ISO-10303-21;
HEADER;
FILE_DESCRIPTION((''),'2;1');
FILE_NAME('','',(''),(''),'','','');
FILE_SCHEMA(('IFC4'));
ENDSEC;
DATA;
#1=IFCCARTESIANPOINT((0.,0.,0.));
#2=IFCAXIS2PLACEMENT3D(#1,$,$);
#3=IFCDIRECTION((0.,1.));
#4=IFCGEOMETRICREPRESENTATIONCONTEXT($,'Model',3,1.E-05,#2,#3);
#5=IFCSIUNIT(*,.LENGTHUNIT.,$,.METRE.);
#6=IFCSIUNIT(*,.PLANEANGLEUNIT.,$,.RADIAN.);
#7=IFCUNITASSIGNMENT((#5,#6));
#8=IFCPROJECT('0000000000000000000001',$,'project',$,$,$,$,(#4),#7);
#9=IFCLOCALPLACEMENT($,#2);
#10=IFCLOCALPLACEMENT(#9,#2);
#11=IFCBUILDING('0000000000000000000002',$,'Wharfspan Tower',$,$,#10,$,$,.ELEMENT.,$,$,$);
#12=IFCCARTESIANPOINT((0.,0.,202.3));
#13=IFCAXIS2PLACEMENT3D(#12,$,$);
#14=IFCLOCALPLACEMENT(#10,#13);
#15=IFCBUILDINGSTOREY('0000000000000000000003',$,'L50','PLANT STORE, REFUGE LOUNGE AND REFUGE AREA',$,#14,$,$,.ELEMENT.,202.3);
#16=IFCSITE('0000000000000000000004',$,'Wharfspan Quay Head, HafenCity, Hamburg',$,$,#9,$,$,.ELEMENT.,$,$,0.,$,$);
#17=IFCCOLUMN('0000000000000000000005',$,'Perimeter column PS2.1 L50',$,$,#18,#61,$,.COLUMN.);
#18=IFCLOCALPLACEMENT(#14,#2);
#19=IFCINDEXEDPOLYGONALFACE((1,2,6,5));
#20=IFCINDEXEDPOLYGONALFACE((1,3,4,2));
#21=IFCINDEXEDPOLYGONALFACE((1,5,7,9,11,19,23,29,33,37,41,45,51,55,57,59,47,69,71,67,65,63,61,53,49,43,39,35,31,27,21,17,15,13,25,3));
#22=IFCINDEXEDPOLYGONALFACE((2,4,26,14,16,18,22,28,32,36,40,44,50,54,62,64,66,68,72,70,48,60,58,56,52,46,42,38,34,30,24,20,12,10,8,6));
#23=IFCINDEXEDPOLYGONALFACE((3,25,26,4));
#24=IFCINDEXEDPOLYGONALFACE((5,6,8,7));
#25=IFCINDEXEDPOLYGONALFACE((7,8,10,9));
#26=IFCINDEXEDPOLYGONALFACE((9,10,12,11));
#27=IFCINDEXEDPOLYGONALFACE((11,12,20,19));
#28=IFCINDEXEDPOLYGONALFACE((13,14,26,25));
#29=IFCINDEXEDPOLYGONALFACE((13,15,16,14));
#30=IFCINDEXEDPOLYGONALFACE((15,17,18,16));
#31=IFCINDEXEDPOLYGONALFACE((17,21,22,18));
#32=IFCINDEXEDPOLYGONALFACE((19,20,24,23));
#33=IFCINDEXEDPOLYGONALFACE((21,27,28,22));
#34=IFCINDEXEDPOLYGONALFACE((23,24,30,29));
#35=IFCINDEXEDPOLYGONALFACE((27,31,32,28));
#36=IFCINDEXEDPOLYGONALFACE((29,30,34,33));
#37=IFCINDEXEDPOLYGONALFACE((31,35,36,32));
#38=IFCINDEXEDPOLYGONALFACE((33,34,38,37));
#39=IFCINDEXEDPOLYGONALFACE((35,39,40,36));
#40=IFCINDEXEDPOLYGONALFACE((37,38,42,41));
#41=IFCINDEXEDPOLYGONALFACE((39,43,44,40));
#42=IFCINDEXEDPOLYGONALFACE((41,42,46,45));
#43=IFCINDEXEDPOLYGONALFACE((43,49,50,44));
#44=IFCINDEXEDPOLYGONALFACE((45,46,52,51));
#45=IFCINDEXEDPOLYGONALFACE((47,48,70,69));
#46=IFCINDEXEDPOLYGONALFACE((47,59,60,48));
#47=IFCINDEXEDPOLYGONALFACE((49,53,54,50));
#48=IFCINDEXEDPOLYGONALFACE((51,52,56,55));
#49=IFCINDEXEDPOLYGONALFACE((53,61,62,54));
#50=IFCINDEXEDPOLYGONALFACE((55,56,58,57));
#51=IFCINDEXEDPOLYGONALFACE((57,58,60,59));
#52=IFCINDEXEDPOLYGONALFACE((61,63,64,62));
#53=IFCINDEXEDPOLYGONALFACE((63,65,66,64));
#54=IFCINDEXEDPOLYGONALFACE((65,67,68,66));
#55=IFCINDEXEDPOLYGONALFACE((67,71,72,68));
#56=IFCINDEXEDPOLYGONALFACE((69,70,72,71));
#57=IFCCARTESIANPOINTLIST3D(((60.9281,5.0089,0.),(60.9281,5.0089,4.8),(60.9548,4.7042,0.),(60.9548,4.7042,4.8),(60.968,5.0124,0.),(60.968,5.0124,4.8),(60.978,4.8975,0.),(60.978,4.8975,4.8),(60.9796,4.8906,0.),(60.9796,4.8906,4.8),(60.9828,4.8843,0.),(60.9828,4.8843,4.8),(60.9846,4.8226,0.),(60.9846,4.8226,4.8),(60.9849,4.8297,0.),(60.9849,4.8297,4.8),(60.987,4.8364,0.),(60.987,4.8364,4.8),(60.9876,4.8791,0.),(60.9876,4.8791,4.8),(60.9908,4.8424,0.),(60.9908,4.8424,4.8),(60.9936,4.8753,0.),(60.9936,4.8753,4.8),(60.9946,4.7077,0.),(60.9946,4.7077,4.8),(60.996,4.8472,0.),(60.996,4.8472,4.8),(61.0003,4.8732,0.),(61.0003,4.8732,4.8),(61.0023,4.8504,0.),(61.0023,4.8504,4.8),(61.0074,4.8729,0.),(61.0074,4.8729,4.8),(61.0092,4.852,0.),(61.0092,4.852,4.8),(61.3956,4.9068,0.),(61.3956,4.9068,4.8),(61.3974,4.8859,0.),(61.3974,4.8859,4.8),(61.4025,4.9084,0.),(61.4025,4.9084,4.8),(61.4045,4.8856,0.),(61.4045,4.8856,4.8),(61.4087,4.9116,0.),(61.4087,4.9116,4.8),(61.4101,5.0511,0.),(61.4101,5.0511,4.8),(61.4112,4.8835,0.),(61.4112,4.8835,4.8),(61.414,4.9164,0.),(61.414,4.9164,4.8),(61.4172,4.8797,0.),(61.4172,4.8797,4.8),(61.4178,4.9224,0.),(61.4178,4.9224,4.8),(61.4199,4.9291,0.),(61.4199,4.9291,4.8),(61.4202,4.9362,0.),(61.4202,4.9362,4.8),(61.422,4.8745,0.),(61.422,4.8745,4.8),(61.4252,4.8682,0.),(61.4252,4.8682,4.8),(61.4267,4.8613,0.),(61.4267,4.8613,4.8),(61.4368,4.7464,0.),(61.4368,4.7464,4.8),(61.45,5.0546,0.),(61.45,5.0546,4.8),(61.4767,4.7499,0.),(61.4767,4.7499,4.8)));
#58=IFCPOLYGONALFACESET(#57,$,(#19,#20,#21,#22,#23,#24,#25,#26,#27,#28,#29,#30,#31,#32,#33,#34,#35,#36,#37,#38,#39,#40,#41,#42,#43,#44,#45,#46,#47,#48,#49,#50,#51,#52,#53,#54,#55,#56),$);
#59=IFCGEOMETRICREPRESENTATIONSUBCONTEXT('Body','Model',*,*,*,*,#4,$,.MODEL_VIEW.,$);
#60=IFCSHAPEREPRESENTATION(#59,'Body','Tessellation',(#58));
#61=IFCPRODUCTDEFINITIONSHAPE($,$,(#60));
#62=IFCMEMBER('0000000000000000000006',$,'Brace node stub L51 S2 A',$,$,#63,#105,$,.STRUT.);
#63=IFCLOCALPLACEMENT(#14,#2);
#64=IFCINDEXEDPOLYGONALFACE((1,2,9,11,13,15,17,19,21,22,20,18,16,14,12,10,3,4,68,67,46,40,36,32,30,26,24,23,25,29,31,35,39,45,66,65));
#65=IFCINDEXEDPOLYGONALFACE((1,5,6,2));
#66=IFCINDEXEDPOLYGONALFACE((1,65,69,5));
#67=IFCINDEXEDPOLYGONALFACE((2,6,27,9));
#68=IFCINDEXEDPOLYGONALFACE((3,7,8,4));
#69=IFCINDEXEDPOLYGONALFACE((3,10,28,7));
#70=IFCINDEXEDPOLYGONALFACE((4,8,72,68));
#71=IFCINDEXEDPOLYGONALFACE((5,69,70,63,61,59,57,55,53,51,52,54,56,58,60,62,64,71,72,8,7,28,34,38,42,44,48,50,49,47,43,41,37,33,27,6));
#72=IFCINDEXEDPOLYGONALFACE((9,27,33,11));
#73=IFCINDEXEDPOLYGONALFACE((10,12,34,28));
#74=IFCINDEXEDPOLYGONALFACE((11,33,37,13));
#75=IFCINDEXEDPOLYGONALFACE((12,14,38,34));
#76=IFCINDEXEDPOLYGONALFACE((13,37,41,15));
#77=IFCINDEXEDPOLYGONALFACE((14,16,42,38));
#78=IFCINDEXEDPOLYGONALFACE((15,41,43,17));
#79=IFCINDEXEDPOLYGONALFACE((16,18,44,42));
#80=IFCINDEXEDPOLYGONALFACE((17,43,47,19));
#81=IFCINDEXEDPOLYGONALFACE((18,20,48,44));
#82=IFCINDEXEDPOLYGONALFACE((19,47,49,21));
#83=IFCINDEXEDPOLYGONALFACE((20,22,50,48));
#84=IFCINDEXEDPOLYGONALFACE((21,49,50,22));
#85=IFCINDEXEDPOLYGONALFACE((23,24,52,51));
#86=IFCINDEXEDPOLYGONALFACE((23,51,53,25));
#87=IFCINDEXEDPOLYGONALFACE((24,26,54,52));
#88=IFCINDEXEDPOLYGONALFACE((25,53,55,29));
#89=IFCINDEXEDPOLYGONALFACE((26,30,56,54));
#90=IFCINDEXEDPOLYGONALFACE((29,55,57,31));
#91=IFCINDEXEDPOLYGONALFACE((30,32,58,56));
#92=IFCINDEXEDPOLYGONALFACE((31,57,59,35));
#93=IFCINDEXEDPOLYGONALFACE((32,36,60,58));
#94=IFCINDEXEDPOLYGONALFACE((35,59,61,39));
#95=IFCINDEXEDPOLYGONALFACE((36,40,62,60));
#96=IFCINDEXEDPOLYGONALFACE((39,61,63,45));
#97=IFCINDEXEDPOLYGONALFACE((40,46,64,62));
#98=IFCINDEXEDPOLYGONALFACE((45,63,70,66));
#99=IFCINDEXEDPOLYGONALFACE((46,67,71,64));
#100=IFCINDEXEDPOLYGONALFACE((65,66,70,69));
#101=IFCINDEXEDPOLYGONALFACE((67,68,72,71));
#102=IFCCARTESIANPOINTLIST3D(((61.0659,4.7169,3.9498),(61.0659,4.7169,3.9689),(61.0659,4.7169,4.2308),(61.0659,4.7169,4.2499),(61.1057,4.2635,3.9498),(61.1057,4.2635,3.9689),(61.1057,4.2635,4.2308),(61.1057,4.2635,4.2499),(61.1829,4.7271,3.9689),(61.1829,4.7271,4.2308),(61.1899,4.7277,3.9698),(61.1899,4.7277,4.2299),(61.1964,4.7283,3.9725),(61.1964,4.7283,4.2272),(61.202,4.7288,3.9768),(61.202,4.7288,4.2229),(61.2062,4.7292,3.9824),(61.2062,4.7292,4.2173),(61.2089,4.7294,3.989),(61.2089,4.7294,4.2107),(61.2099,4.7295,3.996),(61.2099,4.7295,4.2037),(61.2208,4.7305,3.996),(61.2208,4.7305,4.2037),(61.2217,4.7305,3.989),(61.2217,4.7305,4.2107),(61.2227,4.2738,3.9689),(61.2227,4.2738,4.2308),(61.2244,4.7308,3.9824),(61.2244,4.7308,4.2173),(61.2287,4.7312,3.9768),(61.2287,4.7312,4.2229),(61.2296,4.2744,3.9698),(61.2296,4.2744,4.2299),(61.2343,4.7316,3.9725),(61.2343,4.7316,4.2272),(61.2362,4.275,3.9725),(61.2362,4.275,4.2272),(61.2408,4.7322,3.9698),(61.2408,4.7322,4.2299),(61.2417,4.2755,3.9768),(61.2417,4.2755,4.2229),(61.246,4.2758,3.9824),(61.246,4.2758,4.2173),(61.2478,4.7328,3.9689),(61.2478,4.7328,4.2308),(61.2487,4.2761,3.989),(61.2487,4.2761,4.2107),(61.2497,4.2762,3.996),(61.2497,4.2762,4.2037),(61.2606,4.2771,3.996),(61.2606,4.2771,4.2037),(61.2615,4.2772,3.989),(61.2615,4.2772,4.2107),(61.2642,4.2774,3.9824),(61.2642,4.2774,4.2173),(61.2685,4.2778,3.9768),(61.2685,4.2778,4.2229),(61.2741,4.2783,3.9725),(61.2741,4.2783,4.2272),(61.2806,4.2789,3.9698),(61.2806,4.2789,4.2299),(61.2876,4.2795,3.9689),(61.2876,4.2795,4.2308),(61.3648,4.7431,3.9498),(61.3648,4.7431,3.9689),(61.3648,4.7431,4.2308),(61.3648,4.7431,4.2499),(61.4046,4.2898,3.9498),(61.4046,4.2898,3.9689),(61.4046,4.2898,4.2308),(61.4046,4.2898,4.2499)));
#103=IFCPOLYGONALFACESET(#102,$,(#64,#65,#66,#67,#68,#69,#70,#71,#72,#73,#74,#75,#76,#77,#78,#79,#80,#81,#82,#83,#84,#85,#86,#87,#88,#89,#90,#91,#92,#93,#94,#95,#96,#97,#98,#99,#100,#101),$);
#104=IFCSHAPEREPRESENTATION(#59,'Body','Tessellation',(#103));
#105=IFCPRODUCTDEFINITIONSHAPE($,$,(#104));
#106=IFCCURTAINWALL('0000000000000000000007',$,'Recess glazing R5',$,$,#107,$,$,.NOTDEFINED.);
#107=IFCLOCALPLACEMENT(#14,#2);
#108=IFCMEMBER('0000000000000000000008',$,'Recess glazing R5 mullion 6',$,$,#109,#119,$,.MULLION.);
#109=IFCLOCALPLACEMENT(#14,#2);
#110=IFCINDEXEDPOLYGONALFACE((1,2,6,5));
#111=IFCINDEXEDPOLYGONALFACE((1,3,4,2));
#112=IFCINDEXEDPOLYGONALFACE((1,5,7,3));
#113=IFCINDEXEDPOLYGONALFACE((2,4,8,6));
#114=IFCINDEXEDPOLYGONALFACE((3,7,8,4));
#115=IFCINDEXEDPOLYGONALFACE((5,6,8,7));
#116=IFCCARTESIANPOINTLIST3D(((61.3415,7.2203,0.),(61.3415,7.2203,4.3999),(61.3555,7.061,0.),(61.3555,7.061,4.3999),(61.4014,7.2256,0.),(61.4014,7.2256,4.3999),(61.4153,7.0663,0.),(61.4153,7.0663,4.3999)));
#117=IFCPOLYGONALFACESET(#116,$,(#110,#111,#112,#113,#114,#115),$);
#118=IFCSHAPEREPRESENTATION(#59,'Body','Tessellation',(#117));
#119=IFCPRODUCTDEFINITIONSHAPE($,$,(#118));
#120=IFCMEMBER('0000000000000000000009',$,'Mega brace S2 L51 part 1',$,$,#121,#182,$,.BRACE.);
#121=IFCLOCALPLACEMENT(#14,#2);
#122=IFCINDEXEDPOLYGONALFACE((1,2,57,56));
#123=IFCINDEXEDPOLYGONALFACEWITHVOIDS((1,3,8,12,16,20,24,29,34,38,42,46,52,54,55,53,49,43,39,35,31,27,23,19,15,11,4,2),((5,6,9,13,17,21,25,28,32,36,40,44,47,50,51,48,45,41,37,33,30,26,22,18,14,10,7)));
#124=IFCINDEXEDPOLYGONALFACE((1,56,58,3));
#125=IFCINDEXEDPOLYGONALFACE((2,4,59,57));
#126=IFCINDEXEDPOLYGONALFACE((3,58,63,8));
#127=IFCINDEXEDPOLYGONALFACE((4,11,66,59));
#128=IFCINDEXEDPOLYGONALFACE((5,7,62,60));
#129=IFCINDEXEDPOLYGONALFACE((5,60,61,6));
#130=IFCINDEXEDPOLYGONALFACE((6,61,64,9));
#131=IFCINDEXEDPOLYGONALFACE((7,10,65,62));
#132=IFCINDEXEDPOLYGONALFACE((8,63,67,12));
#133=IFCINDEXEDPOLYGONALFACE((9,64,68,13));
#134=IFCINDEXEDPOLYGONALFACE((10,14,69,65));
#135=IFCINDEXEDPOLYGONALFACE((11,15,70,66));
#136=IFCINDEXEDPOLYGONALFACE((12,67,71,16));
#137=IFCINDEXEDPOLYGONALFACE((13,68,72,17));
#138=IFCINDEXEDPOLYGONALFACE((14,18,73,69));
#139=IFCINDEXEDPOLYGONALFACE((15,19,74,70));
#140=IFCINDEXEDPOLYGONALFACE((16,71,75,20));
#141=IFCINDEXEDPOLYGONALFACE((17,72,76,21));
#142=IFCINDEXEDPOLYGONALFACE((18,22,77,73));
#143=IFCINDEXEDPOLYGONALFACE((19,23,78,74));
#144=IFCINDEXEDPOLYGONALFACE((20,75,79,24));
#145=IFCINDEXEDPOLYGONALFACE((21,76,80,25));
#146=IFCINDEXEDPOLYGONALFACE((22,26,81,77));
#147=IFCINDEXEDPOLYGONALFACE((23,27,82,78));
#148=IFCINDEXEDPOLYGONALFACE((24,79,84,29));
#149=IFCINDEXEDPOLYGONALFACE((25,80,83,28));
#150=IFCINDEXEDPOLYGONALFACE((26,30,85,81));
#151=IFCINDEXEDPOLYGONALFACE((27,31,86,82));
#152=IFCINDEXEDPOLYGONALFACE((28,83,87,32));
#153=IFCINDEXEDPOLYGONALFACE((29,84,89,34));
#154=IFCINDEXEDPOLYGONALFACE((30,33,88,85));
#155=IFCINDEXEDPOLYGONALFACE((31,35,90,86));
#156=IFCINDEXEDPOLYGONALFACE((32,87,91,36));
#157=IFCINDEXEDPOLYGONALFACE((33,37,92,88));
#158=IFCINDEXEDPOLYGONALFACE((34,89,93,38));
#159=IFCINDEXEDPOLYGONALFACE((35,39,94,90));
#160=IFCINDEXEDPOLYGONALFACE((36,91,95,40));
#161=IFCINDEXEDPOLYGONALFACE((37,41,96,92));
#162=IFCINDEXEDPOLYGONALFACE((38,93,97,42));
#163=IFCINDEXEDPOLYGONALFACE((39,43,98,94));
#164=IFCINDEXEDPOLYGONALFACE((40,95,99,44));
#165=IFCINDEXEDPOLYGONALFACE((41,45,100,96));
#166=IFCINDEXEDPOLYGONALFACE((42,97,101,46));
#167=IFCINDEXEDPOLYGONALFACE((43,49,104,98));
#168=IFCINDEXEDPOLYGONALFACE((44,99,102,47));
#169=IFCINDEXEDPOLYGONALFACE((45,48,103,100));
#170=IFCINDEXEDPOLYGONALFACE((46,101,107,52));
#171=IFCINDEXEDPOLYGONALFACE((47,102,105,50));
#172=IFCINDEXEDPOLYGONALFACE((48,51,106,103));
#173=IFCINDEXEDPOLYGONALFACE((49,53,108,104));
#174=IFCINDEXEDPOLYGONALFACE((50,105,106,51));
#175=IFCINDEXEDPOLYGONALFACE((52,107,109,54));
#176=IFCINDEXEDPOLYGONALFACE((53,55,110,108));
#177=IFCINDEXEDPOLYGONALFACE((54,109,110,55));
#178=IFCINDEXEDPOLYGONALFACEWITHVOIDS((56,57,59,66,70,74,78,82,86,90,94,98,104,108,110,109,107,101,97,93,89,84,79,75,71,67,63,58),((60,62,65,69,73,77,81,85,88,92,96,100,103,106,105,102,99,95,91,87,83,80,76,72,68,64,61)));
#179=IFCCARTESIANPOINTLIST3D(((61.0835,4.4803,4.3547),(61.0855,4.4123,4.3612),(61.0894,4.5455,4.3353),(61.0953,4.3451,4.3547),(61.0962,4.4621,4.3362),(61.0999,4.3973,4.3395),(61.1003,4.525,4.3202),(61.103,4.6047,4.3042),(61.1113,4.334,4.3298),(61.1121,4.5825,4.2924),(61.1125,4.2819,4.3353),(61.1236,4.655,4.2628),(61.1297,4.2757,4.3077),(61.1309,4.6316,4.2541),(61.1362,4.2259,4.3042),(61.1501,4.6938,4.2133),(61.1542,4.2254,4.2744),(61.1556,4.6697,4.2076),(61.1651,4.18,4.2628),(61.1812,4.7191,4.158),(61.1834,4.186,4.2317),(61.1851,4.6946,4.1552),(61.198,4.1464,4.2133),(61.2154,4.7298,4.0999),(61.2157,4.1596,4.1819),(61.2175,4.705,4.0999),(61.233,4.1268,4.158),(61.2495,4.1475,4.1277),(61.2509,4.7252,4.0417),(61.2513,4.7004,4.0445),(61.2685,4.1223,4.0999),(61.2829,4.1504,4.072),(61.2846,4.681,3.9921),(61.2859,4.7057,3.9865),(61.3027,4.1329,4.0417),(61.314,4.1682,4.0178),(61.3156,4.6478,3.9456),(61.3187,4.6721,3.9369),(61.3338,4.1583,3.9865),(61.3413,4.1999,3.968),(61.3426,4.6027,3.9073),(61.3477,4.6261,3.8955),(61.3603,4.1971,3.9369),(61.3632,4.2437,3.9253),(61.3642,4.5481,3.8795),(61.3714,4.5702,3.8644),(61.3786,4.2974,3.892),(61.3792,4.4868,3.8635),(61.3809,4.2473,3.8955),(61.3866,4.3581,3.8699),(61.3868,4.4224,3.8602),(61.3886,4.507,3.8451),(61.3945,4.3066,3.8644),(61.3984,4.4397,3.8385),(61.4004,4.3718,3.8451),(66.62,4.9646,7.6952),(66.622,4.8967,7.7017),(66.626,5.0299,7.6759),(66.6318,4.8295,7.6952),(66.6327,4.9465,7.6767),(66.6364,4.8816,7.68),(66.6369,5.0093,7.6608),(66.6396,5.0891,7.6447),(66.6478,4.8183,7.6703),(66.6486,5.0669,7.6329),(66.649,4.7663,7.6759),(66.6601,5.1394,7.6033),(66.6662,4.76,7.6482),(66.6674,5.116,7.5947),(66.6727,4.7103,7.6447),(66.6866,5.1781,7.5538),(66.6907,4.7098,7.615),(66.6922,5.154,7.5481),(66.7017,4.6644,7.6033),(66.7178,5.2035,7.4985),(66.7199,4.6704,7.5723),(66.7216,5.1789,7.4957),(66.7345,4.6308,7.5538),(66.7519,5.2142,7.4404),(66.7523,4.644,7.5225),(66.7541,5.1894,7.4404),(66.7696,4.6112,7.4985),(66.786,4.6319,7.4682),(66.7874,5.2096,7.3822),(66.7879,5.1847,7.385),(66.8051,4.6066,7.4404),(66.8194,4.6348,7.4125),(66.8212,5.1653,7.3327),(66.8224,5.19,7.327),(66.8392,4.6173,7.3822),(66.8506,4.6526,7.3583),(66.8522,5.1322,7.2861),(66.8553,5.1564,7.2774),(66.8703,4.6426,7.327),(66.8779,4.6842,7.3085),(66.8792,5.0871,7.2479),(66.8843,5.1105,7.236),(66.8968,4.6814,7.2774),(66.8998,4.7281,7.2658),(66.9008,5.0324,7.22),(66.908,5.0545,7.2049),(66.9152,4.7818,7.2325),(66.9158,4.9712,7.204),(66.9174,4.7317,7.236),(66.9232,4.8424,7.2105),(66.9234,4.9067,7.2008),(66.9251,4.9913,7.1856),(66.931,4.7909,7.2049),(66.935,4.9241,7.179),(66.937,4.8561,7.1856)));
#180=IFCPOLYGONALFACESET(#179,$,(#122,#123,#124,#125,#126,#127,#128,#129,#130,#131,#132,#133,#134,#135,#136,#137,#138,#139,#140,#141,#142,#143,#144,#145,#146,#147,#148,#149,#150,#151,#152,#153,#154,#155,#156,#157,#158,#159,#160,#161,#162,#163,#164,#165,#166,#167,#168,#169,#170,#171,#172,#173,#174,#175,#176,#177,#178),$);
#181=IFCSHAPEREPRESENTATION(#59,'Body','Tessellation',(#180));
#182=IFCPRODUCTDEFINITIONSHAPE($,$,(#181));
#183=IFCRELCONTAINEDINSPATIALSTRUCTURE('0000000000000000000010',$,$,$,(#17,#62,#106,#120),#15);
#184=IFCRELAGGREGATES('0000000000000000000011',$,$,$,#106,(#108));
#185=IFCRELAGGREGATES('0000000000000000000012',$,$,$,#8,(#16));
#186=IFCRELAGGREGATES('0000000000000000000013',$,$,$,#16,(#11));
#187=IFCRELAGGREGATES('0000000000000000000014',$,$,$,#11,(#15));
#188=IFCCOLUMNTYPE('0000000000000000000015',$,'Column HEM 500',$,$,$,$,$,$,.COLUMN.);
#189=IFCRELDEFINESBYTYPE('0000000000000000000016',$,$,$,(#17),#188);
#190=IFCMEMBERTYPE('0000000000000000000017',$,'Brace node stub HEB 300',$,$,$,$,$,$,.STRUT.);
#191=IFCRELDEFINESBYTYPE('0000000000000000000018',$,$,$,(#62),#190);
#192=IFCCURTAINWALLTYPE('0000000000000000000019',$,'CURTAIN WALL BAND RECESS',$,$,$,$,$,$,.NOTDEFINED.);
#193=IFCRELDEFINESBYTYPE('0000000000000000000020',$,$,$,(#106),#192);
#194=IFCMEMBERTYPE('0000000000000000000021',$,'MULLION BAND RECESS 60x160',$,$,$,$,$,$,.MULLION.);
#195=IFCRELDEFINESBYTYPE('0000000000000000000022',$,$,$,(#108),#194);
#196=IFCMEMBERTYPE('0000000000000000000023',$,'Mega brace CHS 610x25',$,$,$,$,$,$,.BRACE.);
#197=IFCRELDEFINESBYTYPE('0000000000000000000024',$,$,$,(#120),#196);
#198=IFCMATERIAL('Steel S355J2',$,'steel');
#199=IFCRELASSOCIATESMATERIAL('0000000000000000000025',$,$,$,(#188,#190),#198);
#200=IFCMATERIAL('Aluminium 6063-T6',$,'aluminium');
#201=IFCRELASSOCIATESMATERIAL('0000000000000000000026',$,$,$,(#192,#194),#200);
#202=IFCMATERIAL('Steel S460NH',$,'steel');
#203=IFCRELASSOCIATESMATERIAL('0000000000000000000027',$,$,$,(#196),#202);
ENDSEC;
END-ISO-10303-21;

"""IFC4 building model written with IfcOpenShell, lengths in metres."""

from ifc_helpers import new_model, si_unit, direction, frame, origin, origin_2d, place, context, subcontext, project, spatial, rectangle, hollow_circle, i_section, extrude, material, material_profile, profile_set, type_object, element, aggregate, save


model = new_model("IFC4")

# Units and contexts
model_context = context("Model", 3, precision=1e-05, world=origin(), true_north=direction((0.0, 1.0)))
body_context = subcontext(model_context, "Body", "Model", "MODEL_VIEW")
ifc_project = project(units=[si_unit("LENGTHUNIT", "METRE"), si_unit("PLANEANGLEUNIT", "RADIAN")], contexts=[model_context])

# Site, building, storey
site_placement = place(None, origin())
site = spatial("IfcSite", under=ifc_project, at=site_placement, Name="Wharfspan Quay Head, HafenCity, Hamburg", CompositionType="ELEMENT", RefElevation=0.0)
building_placement = place(site_placement, origin())
building = spatial("IfcBuilding", under=site, at=building_placement, Name="Wharfspan Tower", CompositionType="ELEMENT")
storey_placement = place(building_placement, frame((0.0, 0.0, 202.3)))
storey = spatial("IfcBuildingStorey", under=building, at=storey_placement, Name="L50", Description="PLANT STORE, REFUGE LOUNGE AND REFUGE AREA", CompositionType="ELEMENT", Elevation=202.3)

# Column
ifc_material_1 = material(Name="Steel S355J2", Category="steel")
ifc_material_profile_1 = material_profile(ifc_material_1, i_section(OverallWidth=0.3059, OverallDepth=0.5239, WebThickness=0.021, FlangeThickness=0.04, FilletRadius=0.0271, at=origin_2d()))
ifc_profile_set_1 = profile_set([ifc_material_profile_1], Name="Steel S355J2")
column_type = type_object("IfcColumnType", Name="Column HEM 500", PredefinedType="COLUMN", material=ifc_profile_set_1)
column_placement = place(storey_placement, frame((61.2024, 4.8794, 0.0), z_axis=(0.0, 0.0, 1.0), x_axis=(0.087156, -0.996197, 0.0)))
element("IfcColumn", 1, at=column_placement, inside=storey, type_object=column_type, Name="Perimeter column PS2.1 L50", PredefinedType="COLUMN", context=body_context, shape_type="SweptSolid", body=[
    extrude(i_section(OverallWidth=0.3059, OverallDepth=0.5239, WebThickness=0.021, FlangeThickness=0.04, FilletRadius=0.0271, at=origin_2d()), origin(), (0.0, 0.0, 1.0), 4.8),
])

# Member
ifc_material_profile_2 = material_profile(ifc_material_1, i_section(OverallWidth=0.3, OverallDepth=0.3, WebThickness=0.011, FlangeThickness=0.019, FilletRadius=0.0271, at=origin_2d()))
ifc_profile_set_2 = profile_set([ifc_material_profile_2], Name="Steel S355J2")
member_type_1 = type_object("IfcMemberType", Name="Brace node stub HEB 300", PredefinedType="STRUT", material=ifc_profile_set_2)
member_1_placement = place(storey_placement, frame((61.2153, 4.73, 4.0999), z_axis=(0.08744, -0.99617, 0.0), x_axis=(0.99617, 0.08744, 0.0)))
element("IfcMember", 2, at=member_1_placement, inside=storey, type_object=member_type_1, Name="Brace node stub L51 S2 A", PredefinedType="STRUT", context=body_context, shape_type="SweptSolid", body=[
    extrude(i_section(OverallWidth=0.3, OverallDepth=0.3, WebThickness=0.011, FlangeThickness=0.019, FilletRadius=0.0271, at=origin_2d()), origin(), (0.0, 0.0, 1.0), 0.4551),
])

# Curtain wall, member
ifc_material_2 = material(Name="Aluminium 6063-T6", Category="aluminium")
curtain_wall_type = type_object("IfcCurtainWallType", Name="CURTAIN WALL BAND RECESS", PredefinedType="NOTDEFINED", material=ifc_material_2)
curtain_wall_placement = place(storey_placement, origin())
curtain_wall = element("IfcCurtainWall", 3, at=curtain_wall_placement, inside=storey, type_object=curtain_wall_type, Name="Recess glazing R5", PredefinedType="NOTDEFINED")
ifc_material_profile_3 = material_profile(ifc_material_2, rectangle(XDim=0.1599, YDim=0.0601, at=origin_2d()))
ifc_profile_set_3 = profile_set([ifc_material_profile_3], Name="Aluminium 6063-T6")
member_type_2 = type_object("IfcMemberType", Name="MULLION BAND RECESS 60x160", PredefinedType="MULLION", material=ifc_profile_set_3)
member_2_placement = place(storey_placement, frame((61.3784, 7.1433, 0.0), z_axis=(0.0, 0.0, 1.0), x_axis=(0.087156, -0.996198, 0.0)))
member_2 = element("IfcMember", 4, at=member_2_placement, type_object=member_type_2, Name="Recess glazing R5 mullion 6", PredefinedType="MULLION", context=body_context, shape_type="SweptSolid", body=[
    extrude(rectangle(XDim=0.1599, YDim=0.0601, at=origin_2d()), origin(), (0.0, 0.0, 1.0), 4.3999),
])

# Member
ifc_material_3 = material(Name="Steel S460NH", Category="steel")
ifc_material_profile_4 = material_profile(ifc_material_3, hollow_circle(Radius=0.3049, WallThickness=0.0249, at=origin_2d()))
ifc_profile_set_4 = profile_set([ifc_material_profile_4], Name="Steel S460NH")
member_type_3 = type_object("IfcMemberType", Name="Mega brace CHS 610x25", PredefinedType="BRACE", material=ifc_profile_set_4)
member_3_placement = place(storey_placement, frame((61.2419, 4.426, 4.0999), z_axis=(0.853829, 0.074698, 0.515166), x_axis=(-0.087155, 0.996197, 0.000003)))
element("IfcMember", 5, at=member_3_placement, inside=storey, type_object=member_type_3, Name="Mega brace S2 L51 part 1", PredefinedType="BRACE", context=body_context, shape_type="SweptSolid", body=[
    extrude(hollow_circle(Radius=0.3049, WallThickness=0.0249, at=origin_2d()), origin(), (0.0, 0.0, 1.0), 6.4844),
])

aggregate(curtain_wall, [member_2])

save(model, "model.ifc")
